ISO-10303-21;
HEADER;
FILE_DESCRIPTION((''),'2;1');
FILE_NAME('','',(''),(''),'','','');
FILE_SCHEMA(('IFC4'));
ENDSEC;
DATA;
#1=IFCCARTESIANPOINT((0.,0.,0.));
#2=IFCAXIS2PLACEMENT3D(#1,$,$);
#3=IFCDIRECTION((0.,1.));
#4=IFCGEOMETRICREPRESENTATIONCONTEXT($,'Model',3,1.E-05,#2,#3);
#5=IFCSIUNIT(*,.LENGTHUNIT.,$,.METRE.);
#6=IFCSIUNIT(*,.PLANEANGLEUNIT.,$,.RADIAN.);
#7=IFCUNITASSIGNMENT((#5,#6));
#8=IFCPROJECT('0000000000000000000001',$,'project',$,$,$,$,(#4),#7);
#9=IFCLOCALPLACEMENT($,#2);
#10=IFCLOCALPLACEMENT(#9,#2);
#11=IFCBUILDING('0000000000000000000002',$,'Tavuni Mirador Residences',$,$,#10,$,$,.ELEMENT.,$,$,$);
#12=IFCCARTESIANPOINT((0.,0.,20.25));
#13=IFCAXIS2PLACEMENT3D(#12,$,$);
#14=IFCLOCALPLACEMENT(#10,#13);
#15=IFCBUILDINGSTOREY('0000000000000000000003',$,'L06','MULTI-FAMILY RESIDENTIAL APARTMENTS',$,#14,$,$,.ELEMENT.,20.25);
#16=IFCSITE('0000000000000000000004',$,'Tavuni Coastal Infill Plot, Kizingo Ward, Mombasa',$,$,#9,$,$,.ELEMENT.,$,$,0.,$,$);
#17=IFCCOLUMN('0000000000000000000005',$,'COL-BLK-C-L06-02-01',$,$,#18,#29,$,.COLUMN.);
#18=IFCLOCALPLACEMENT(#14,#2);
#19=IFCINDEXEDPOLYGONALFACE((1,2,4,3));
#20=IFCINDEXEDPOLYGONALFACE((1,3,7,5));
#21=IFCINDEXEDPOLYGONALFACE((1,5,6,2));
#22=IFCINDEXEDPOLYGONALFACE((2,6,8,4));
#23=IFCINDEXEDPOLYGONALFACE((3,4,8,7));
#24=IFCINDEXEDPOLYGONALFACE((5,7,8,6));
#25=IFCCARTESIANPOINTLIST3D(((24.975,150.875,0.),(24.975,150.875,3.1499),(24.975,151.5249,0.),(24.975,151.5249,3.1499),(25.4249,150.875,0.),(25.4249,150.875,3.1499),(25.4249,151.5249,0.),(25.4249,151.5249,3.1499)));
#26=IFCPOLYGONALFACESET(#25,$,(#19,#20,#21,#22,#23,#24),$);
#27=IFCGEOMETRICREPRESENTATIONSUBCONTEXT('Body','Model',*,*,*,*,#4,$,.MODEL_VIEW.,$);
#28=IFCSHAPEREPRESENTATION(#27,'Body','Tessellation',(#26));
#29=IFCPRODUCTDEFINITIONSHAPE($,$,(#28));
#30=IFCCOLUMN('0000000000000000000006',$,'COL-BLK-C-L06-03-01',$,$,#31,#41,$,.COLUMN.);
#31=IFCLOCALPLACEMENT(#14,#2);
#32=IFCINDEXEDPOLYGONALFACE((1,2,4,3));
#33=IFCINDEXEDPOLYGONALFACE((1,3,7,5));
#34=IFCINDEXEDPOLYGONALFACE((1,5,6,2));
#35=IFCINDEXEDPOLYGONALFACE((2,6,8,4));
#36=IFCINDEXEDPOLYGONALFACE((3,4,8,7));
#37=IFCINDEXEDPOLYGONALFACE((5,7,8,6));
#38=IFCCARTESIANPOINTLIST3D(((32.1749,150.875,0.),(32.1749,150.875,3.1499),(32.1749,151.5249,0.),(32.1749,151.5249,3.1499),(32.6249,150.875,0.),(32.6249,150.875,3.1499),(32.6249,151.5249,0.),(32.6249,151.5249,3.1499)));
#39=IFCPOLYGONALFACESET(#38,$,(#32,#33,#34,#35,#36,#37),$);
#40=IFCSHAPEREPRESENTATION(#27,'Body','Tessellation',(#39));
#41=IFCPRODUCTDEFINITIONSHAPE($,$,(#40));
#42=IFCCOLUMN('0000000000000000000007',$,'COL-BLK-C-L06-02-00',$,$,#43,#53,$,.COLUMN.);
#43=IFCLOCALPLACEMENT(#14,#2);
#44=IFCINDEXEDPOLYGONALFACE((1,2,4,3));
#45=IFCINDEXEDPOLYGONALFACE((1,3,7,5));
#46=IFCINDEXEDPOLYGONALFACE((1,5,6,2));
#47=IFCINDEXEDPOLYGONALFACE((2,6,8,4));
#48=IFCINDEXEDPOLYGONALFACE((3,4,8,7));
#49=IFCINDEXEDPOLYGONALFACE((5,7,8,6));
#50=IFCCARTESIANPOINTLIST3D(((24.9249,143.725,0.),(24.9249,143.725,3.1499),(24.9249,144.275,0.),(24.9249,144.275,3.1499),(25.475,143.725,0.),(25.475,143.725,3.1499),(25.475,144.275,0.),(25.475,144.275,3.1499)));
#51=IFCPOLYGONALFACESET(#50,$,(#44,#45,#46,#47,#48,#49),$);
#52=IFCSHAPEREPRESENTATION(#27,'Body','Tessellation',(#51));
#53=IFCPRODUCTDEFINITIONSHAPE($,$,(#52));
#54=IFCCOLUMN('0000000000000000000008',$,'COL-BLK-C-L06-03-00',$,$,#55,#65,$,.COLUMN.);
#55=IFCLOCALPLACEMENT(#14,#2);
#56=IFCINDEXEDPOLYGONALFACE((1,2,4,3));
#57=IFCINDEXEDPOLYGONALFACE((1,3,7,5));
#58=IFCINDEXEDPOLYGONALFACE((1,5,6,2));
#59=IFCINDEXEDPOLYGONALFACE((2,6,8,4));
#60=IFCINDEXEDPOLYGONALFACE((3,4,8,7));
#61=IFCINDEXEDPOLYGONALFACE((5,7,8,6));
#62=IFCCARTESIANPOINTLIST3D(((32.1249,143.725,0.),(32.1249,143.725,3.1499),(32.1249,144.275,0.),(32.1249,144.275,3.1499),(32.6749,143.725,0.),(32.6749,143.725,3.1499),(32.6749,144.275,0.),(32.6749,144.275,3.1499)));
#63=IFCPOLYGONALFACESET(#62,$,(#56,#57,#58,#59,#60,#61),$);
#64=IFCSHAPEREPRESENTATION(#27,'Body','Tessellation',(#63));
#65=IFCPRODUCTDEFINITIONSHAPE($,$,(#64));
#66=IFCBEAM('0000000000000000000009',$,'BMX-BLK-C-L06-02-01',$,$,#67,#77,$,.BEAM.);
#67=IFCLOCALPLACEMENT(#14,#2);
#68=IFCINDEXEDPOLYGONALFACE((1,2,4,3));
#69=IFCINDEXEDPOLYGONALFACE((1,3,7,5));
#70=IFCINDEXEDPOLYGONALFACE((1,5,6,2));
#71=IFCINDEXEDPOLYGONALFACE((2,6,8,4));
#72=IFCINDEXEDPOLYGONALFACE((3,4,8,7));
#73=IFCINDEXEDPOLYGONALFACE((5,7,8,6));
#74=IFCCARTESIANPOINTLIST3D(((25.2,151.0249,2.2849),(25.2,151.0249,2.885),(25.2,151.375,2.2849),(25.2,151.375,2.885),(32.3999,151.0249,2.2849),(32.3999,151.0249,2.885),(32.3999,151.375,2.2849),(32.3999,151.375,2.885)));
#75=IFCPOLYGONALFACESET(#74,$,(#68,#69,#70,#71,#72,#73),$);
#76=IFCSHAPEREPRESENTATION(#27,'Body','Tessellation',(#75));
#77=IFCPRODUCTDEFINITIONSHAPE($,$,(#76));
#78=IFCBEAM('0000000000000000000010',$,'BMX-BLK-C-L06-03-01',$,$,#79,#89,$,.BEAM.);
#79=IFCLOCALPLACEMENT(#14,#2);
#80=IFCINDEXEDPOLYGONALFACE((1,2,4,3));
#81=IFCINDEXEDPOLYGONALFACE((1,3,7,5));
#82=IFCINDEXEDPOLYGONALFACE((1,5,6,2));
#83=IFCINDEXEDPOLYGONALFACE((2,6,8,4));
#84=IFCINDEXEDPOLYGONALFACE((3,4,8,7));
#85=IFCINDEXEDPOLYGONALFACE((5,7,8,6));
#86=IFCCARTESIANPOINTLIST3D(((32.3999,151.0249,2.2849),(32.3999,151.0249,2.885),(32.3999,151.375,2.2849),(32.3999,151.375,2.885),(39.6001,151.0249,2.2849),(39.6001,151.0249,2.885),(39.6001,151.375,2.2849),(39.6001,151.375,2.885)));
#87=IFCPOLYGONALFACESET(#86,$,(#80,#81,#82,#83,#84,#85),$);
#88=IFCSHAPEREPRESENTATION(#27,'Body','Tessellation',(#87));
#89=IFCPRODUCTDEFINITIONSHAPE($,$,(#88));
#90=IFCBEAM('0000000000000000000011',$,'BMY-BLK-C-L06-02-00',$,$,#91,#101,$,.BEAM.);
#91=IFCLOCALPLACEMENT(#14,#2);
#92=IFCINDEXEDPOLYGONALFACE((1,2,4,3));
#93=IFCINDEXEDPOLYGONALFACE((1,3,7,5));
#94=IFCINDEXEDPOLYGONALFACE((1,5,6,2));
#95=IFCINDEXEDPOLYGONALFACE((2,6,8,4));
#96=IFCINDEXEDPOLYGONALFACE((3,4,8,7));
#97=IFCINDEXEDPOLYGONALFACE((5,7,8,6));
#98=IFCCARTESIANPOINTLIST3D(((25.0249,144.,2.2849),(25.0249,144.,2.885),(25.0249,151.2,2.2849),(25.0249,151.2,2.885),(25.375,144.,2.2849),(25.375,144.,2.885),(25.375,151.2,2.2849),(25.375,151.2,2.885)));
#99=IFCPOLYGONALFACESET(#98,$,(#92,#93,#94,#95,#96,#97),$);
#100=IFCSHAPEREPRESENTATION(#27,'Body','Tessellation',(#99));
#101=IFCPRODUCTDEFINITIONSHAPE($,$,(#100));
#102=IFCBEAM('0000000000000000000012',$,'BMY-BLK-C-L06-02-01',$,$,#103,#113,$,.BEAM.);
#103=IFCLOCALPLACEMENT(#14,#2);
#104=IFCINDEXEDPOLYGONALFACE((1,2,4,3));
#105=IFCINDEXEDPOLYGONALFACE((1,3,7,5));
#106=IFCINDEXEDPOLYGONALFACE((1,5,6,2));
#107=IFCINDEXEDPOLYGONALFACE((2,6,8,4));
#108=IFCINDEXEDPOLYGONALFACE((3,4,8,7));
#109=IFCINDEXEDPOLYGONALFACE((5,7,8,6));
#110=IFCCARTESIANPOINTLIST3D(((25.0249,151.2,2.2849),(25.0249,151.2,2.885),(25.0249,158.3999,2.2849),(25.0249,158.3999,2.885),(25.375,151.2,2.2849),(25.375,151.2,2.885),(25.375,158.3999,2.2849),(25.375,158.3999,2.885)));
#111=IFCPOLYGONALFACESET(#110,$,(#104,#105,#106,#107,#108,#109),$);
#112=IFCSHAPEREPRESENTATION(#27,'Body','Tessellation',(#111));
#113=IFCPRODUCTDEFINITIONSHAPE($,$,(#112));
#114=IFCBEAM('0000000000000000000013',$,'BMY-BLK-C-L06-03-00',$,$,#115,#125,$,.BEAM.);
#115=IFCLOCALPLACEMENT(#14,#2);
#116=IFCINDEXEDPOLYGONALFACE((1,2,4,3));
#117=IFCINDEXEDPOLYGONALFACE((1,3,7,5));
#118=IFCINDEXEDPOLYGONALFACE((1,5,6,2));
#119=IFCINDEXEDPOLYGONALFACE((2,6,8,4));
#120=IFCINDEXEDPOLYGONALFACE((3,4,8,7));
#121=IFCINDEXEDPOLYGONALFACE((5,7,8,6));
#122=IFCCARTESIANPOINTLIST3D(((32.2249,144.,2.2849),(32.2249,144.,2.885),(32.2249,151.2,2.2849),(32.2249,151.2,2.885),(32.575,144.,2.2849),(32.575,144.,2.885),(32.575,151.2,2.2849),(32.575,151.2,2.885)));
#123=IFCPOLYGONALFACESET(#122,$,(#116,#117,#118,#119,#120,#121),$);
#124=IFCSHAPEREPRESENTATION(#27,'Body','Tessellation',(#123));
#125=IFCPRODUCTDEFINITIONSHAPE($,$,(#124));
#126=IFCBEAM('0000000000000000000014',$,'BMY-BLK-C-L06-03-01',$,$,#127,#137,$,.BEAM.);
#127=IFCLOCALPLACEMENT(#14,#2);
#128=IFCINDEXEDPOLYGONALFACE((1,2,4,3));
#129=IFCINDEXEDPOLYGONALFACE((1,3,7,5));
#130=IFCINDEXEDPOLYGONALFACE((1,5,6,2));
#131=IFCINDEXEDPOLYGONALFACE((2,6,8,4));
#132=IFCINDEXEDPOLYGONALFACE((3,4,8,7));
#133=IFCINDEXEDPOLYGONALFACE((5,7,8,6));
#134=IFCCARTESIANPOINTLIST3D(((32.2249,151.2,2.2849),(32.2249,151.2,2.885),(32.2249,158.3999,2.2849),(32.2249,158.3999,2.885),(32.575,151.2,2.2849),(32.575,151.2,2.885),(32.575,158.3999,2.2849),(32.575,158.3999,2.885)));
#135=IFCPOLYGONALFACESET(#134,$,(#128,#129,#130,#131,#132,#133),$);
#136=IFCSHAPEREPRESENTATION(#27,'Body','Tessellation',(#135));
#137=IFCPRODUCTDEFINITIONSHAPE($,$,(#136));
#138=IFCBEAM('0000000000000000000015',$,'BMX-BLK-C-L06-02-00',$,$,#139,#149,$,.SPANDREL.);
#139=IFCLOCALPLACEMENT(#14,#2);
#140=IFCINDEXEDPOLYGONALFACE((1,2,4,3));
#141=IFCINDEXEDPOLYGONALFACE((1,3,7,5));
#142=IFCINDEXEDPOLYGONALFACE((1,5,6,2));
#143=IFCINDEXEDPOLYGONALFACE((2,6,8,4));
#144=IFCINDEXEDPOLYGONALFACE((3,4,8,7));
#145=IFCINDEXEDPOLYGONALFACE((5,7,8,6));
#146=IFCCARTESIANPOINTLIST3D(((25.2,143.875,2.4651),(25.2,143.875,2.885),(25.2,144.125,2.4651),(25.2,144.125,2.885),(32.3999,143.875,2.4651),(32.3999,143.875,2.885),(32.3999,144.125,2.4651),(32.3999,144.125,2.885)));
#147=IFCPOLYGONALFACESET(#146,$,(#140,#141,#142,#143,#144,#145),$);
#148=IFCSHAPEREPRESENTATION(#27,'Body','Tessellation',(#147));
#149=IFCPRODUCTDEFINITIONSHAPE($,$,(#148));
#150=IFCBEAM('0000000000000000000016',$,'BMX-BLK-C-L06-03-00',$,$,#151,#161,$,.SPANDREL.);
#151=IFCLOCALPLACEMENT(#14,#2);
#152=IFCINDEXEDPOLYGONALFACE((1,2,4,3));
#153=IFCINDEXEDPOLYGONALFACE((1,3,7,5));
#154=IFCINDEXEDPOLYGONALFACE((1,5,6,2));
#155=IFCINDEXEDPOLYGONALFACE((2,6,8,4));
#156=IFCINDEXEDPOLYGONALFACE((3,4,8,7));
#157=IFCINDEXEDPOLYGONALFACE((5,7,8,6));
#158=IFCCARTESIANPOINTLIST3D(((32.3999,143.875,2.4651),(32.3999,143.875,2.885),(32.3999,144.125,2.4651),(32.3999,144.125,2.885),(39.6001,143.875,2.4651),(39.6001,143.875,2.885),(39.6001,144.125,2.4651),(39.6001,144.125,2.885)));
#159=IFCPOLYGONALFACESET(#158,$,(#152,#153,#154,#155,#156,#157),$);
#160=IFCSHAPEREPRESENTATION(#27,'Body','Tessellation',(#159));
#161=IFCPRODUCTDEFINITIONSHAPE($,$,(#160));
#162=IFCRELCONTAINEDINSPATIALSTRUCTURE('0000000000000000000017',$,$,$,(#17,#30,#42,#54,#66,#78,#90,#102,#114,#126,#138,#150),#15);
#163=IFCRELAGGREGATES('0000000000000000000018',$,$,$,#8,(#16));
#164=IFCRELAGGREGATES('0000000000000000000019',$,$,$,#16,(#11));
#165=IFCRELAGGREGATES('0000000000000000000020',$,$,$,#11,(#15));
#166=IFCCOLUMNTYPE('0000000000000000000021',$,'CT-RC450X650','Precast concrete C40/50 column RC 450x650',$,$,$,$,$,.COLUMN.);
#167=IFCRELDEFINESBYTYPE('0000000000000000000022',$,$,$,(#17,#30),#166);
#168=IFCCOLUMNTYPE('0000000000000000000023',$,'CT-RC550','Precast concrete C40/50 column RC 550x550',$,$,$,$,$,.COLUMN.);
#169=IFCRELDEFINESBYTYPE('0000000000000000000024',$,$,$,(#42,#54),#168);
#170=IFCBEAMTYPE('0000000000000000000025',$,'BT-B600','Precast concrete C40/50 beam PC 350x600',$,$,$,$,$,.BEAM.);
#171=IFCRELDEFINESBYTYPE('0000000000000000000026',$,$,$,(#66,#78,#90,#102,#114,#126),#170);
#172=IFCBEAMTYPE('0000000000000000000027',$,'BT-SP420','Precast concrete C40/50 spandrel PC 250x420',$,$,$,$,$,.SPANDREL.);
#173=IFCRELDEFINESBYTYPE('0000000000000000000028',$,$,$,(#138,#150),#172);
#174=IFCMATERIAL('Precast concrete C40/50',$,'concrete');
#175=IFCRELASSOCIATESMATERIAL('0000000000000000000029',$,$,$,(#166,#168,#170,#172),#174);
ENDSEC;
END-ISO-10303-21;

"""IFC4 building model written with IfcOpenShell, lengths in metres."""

from ifc_helpers import new_model, si_unit, direction, frame, origin, origin_2d, place, context, subcontext, project, spatial, rectangle, extrude, material, material_profile, profile_set, type_object, element, save


model = new_model("IFC4")

# Units and contexts
model_context = context("Model", 3, precision=1e-05, world=origin(), true_north=direction((0.0, 1.0)))
body_context = subcontext(model_context, "Body", "Model", "MODEL_VIEW")
ifc_project = project(units=[si_unit("LENGTHUNIT", "METRE"), si_unit("PLANEANGLEUNIT", "RADIAN")], contexts=[model_context])

# Site, building, storey
site_placement = place(None, origin())
site = spatial("IfcSite", under=ifc_project, at=site_placement, Name="Tavuni Coastal Infill Plot, Kizingo Ward, Mombasa", CompositionType="ELEMENT", RefElevation=0.0)
building_placement = place(site_placement, origin())
building = spatial("IfcBuilding", under=site, at=building_placement, Name="Tavuni Mirador Residences", CompositionType="ELEMENT")
storey_placement = place(building_placement, frame((0.0, 0.0, 20.25)))
storey = spatial("IfcBuildingStorey", under=building, at=storey_placement, Name="L06", Description="MULTI-FAMILY RESIDENTIAL APARTMENTS", CompositionType="ELEMENT", Elevation=20.25)

# Columns
ifc_material_1 = material(Name="Precast concrete C40/50", Category="concrete")
ifc_material_profile_1 = material_profile(ifc_material_1, rectangle(XDim=0.45, YDim=0.6499, at=origin_2d()), Name="RC 450x650", Category="concrete")
ifc_profile_set_1 = profile_set([ifc_material_profile_1], Name="Precast concrete C40/50")
column_type_1 = type_object("IfcColumnType", Name="CT-RC450X650", Description="Precast concrete C40/50 column RC 450x650", PredefinedType="COLUMN", material=ifc_profile_set_1)
for number, where, z_axis, x_axis, name in (
    (1, (25.2, 151.2, 0.0), (0.0, 0.0, 1.0), (1.0, 0.0, 0.0), "COL-BLK-C-L06-02-01"),
    (2, (32.3999, 151.2, 0.0), (0.0, 0.0, 1.0), (1.0, 0.0, 0.0), "COL-BLK-C-L06-03-01"),
):
    element("IfcColumn", number, at=place(storey_placement, frame(where, z_axis=z_axis, x_axis=x_axis)), inside=storey, type_object=column_type_1, Name=name, PredefinedType="COLUMN", context=body_context, shape_type="SweptSolid", body=[
        extrude(rectangle(XDim=0.45, YDim=0.6499, at=origin_2d()), origin(), (0.0, 0.0, 1.0), 3.1499),
    ])
ifc_material_profile_2 = material_profile(ifc_material_1, rectangle(XDim=0.55, YDim=0.55, at=origin_2d()), Name="RC 550x550", Category="concrete")
ifc_profile_set_2 = profile_set([ifc_material_profile_2], Name="Precast concrete C40/50")
column_type_2 = type_object("IfcColumnType", Name="CT-RC550", Description="Precast concrete C40/50 column RC 550x550", PredefinedType="COLUMN", material=ifc_profile_set_2)
for number, where, z_axis, x_axis, name in (
    (3, (25.2, 144.0, 0.0), (0.0, 0.0, 1.0), (1.0, 0.0, 0.0), "COL-BLK-C-L06-02-00"),
    (4, (32.3999, 144.0, 0.0), (0.0, 0.0, 1.0), (1.0, 0.0, 0.0), "COL-BLK-C-L06-03-00"),
):
    element("IfcColumn", number, at=place(storey_placement, frame(where, z_axis=z_axis, x_axis=x_axis)), inside=storey, type_object=column_type_2, Name=name, PredefinedType="COLUMN", context=body_context, shape_type="SweptSolid", body=[
        extrude(rectangle(XDim=0.55, YDim=0.55, at=origin_2d()), origin(), (0.0, 0.0, 1.0), 3.1499),
    ])

# Beams
ifc_material_profile_3 = material_profile(ifc_material_1, rectangle(XDim=0.3501, YDim=0.6001, at=origin_2d()), Name="PC 350x600", Category="concrete")
ifc_profile_set_3 = profile_set([ifc_material_profile_3], Name="Precast concrete C40/50")
beam_type_1 = type_object("IfcBeamType", Name="BT-B600", Description="Precast concrete C40/50 beam PC 350x600", PredefinedType="BEAM", material=ifc_profile_set_3)
beam_1_placement = place(storey_placement, frame((25.2, 151.2, 2.585), z_axis=(1.0, 0.0, 0.0), x_axis=(0.0, 1.0, 0.0)))
element("IfcBeam", 5, at=beam_1_placement, inside=storey, type_object=beam_type_1, Name="BMX-BLK-C-L06-02-01", PredefinedType="BEAM", context=body_context, shape_type="SweptSolid", body=[
    extrude(rectangle(XDim=0.3501, YDim=0.6001, at=origin_2d()), origin(), (0.0, 0.0, 1.0), 7.2),
])
beam_2_placement = place(storey_placement, frame((32.3999, 151.2, 2.585), z_axis=(1.0, 0.0, 0.0), x_axis=(0.0, 1.0, 0.0)))
element("IfcBeam", 6, at=beam_2_placement, inside=storey, type_object=beam_type_1, Name="BMX-BLK-C-L06-03-01", PredefinedType="BEAM", context=body_context, shape_type="SweptSolid", body=[
    extrude(rectangle(XDim=0.3501, YDim=0.6001, at=origin_2d()), origin(), (0.0, 0.0, 1.0), 7.2002),
])
for number, where, z_axis, x_axis, name in (
    (7, (25.2, 144.0, 2.585), (0.0, 1.0, 0.0), (-1.0, 0.0, 0.0), "BMY-BLK-C-L06-02-00"),
    (8, (25.2, 151.2, 2.585), (0.0, 1.0, 0.0), (-1.0, 0.0, 0.0), "BMY-BLK-C-L06-02-01"),
    (9, (32.3999, 144.0, 2.585), (0.0, 1.0, 0.0), (-1.0, 0.0, 0.0), "BMY-BLK-C-L06-03-00"),
    (10, (32.3999, 151.2, 2.585), (0.0, 1.0, 0.0), (-1.0, 0.0, 0.0), "BMY-BLK-C-L06-03-01"),
):
    element("IfcBeam", number, at=place(storey_placement, frame(where, z_axis=z_axis, x_axis=x_axis)), inside=storey, type_object=beam_type_1, Name=name, PredefinedType="BEAM", context=body_context, shape_type="SweptSolid", body=[
        extrude(rectangle(XDim=0.3501, YDim=0.6001, at=origin_2d()), origin(), (0.0, 0.0, 1.0), 7.2),
    ])
ifc_material_profile_4 = material_profile(ifc_material_1, rectangle(XDim=0.25, YDim=0.4199, at=origin_2d()), Name="PC 250x420", Category="concrete")
ifc_profile_set_4 = profile_set([ifc_material_profile_4], Name="Precast concrete C40/50")
beam_type_2 = type_object("IfcBeamType", Name="BT-SP420", Description="Precast concrete C40/50 spandrel PC 250x420", PredefinedType="SPANDREL", material=ifc_profile_set_4)
beam_3_placement = place(storey_placement, frame((25.2, 144.0, 2.675), z_axis=(1.0, 0.0, 0.0), x_axis=(0.0, 1.0, 0.0)))
element("IfcBeam", 11, at=beam_3_placement, inside=storey, type_object=beam_type_2, Name="BMX-BLK-C-L06-02-00", PredefinedType="SPANDREL", context=body_context, shape_type="SweptSolid", body=[
    extrude(rectangle(XDim=0.25, YDim=0.4199, at=origin_2d()), origin(), (0.0, 0.0, 1.0), 7.2),
])
beam_4_placement = place(storey_placement, frame((32.3999, 144.0, 2.675), z_axis=(1.0, 0.0, 0.0), x_axis=(0.0, 1.0, 0.0)))
element("IfcBeam", 12, at=beam_4_placement, inside=storey, type_object=beam_type_2, Name="BMX-BLK-C-L06-03-00", PredefinedType="SPANDREL", context=body_context, shape_type="SweptSolid", body=[
    extrude(rectangle(XDim=0.25, YDim=0.4199, at=origin_2d()), origin(), (0.0, 0.0, 1.0), 7.2002),
])

save(model, "model.ifc")
